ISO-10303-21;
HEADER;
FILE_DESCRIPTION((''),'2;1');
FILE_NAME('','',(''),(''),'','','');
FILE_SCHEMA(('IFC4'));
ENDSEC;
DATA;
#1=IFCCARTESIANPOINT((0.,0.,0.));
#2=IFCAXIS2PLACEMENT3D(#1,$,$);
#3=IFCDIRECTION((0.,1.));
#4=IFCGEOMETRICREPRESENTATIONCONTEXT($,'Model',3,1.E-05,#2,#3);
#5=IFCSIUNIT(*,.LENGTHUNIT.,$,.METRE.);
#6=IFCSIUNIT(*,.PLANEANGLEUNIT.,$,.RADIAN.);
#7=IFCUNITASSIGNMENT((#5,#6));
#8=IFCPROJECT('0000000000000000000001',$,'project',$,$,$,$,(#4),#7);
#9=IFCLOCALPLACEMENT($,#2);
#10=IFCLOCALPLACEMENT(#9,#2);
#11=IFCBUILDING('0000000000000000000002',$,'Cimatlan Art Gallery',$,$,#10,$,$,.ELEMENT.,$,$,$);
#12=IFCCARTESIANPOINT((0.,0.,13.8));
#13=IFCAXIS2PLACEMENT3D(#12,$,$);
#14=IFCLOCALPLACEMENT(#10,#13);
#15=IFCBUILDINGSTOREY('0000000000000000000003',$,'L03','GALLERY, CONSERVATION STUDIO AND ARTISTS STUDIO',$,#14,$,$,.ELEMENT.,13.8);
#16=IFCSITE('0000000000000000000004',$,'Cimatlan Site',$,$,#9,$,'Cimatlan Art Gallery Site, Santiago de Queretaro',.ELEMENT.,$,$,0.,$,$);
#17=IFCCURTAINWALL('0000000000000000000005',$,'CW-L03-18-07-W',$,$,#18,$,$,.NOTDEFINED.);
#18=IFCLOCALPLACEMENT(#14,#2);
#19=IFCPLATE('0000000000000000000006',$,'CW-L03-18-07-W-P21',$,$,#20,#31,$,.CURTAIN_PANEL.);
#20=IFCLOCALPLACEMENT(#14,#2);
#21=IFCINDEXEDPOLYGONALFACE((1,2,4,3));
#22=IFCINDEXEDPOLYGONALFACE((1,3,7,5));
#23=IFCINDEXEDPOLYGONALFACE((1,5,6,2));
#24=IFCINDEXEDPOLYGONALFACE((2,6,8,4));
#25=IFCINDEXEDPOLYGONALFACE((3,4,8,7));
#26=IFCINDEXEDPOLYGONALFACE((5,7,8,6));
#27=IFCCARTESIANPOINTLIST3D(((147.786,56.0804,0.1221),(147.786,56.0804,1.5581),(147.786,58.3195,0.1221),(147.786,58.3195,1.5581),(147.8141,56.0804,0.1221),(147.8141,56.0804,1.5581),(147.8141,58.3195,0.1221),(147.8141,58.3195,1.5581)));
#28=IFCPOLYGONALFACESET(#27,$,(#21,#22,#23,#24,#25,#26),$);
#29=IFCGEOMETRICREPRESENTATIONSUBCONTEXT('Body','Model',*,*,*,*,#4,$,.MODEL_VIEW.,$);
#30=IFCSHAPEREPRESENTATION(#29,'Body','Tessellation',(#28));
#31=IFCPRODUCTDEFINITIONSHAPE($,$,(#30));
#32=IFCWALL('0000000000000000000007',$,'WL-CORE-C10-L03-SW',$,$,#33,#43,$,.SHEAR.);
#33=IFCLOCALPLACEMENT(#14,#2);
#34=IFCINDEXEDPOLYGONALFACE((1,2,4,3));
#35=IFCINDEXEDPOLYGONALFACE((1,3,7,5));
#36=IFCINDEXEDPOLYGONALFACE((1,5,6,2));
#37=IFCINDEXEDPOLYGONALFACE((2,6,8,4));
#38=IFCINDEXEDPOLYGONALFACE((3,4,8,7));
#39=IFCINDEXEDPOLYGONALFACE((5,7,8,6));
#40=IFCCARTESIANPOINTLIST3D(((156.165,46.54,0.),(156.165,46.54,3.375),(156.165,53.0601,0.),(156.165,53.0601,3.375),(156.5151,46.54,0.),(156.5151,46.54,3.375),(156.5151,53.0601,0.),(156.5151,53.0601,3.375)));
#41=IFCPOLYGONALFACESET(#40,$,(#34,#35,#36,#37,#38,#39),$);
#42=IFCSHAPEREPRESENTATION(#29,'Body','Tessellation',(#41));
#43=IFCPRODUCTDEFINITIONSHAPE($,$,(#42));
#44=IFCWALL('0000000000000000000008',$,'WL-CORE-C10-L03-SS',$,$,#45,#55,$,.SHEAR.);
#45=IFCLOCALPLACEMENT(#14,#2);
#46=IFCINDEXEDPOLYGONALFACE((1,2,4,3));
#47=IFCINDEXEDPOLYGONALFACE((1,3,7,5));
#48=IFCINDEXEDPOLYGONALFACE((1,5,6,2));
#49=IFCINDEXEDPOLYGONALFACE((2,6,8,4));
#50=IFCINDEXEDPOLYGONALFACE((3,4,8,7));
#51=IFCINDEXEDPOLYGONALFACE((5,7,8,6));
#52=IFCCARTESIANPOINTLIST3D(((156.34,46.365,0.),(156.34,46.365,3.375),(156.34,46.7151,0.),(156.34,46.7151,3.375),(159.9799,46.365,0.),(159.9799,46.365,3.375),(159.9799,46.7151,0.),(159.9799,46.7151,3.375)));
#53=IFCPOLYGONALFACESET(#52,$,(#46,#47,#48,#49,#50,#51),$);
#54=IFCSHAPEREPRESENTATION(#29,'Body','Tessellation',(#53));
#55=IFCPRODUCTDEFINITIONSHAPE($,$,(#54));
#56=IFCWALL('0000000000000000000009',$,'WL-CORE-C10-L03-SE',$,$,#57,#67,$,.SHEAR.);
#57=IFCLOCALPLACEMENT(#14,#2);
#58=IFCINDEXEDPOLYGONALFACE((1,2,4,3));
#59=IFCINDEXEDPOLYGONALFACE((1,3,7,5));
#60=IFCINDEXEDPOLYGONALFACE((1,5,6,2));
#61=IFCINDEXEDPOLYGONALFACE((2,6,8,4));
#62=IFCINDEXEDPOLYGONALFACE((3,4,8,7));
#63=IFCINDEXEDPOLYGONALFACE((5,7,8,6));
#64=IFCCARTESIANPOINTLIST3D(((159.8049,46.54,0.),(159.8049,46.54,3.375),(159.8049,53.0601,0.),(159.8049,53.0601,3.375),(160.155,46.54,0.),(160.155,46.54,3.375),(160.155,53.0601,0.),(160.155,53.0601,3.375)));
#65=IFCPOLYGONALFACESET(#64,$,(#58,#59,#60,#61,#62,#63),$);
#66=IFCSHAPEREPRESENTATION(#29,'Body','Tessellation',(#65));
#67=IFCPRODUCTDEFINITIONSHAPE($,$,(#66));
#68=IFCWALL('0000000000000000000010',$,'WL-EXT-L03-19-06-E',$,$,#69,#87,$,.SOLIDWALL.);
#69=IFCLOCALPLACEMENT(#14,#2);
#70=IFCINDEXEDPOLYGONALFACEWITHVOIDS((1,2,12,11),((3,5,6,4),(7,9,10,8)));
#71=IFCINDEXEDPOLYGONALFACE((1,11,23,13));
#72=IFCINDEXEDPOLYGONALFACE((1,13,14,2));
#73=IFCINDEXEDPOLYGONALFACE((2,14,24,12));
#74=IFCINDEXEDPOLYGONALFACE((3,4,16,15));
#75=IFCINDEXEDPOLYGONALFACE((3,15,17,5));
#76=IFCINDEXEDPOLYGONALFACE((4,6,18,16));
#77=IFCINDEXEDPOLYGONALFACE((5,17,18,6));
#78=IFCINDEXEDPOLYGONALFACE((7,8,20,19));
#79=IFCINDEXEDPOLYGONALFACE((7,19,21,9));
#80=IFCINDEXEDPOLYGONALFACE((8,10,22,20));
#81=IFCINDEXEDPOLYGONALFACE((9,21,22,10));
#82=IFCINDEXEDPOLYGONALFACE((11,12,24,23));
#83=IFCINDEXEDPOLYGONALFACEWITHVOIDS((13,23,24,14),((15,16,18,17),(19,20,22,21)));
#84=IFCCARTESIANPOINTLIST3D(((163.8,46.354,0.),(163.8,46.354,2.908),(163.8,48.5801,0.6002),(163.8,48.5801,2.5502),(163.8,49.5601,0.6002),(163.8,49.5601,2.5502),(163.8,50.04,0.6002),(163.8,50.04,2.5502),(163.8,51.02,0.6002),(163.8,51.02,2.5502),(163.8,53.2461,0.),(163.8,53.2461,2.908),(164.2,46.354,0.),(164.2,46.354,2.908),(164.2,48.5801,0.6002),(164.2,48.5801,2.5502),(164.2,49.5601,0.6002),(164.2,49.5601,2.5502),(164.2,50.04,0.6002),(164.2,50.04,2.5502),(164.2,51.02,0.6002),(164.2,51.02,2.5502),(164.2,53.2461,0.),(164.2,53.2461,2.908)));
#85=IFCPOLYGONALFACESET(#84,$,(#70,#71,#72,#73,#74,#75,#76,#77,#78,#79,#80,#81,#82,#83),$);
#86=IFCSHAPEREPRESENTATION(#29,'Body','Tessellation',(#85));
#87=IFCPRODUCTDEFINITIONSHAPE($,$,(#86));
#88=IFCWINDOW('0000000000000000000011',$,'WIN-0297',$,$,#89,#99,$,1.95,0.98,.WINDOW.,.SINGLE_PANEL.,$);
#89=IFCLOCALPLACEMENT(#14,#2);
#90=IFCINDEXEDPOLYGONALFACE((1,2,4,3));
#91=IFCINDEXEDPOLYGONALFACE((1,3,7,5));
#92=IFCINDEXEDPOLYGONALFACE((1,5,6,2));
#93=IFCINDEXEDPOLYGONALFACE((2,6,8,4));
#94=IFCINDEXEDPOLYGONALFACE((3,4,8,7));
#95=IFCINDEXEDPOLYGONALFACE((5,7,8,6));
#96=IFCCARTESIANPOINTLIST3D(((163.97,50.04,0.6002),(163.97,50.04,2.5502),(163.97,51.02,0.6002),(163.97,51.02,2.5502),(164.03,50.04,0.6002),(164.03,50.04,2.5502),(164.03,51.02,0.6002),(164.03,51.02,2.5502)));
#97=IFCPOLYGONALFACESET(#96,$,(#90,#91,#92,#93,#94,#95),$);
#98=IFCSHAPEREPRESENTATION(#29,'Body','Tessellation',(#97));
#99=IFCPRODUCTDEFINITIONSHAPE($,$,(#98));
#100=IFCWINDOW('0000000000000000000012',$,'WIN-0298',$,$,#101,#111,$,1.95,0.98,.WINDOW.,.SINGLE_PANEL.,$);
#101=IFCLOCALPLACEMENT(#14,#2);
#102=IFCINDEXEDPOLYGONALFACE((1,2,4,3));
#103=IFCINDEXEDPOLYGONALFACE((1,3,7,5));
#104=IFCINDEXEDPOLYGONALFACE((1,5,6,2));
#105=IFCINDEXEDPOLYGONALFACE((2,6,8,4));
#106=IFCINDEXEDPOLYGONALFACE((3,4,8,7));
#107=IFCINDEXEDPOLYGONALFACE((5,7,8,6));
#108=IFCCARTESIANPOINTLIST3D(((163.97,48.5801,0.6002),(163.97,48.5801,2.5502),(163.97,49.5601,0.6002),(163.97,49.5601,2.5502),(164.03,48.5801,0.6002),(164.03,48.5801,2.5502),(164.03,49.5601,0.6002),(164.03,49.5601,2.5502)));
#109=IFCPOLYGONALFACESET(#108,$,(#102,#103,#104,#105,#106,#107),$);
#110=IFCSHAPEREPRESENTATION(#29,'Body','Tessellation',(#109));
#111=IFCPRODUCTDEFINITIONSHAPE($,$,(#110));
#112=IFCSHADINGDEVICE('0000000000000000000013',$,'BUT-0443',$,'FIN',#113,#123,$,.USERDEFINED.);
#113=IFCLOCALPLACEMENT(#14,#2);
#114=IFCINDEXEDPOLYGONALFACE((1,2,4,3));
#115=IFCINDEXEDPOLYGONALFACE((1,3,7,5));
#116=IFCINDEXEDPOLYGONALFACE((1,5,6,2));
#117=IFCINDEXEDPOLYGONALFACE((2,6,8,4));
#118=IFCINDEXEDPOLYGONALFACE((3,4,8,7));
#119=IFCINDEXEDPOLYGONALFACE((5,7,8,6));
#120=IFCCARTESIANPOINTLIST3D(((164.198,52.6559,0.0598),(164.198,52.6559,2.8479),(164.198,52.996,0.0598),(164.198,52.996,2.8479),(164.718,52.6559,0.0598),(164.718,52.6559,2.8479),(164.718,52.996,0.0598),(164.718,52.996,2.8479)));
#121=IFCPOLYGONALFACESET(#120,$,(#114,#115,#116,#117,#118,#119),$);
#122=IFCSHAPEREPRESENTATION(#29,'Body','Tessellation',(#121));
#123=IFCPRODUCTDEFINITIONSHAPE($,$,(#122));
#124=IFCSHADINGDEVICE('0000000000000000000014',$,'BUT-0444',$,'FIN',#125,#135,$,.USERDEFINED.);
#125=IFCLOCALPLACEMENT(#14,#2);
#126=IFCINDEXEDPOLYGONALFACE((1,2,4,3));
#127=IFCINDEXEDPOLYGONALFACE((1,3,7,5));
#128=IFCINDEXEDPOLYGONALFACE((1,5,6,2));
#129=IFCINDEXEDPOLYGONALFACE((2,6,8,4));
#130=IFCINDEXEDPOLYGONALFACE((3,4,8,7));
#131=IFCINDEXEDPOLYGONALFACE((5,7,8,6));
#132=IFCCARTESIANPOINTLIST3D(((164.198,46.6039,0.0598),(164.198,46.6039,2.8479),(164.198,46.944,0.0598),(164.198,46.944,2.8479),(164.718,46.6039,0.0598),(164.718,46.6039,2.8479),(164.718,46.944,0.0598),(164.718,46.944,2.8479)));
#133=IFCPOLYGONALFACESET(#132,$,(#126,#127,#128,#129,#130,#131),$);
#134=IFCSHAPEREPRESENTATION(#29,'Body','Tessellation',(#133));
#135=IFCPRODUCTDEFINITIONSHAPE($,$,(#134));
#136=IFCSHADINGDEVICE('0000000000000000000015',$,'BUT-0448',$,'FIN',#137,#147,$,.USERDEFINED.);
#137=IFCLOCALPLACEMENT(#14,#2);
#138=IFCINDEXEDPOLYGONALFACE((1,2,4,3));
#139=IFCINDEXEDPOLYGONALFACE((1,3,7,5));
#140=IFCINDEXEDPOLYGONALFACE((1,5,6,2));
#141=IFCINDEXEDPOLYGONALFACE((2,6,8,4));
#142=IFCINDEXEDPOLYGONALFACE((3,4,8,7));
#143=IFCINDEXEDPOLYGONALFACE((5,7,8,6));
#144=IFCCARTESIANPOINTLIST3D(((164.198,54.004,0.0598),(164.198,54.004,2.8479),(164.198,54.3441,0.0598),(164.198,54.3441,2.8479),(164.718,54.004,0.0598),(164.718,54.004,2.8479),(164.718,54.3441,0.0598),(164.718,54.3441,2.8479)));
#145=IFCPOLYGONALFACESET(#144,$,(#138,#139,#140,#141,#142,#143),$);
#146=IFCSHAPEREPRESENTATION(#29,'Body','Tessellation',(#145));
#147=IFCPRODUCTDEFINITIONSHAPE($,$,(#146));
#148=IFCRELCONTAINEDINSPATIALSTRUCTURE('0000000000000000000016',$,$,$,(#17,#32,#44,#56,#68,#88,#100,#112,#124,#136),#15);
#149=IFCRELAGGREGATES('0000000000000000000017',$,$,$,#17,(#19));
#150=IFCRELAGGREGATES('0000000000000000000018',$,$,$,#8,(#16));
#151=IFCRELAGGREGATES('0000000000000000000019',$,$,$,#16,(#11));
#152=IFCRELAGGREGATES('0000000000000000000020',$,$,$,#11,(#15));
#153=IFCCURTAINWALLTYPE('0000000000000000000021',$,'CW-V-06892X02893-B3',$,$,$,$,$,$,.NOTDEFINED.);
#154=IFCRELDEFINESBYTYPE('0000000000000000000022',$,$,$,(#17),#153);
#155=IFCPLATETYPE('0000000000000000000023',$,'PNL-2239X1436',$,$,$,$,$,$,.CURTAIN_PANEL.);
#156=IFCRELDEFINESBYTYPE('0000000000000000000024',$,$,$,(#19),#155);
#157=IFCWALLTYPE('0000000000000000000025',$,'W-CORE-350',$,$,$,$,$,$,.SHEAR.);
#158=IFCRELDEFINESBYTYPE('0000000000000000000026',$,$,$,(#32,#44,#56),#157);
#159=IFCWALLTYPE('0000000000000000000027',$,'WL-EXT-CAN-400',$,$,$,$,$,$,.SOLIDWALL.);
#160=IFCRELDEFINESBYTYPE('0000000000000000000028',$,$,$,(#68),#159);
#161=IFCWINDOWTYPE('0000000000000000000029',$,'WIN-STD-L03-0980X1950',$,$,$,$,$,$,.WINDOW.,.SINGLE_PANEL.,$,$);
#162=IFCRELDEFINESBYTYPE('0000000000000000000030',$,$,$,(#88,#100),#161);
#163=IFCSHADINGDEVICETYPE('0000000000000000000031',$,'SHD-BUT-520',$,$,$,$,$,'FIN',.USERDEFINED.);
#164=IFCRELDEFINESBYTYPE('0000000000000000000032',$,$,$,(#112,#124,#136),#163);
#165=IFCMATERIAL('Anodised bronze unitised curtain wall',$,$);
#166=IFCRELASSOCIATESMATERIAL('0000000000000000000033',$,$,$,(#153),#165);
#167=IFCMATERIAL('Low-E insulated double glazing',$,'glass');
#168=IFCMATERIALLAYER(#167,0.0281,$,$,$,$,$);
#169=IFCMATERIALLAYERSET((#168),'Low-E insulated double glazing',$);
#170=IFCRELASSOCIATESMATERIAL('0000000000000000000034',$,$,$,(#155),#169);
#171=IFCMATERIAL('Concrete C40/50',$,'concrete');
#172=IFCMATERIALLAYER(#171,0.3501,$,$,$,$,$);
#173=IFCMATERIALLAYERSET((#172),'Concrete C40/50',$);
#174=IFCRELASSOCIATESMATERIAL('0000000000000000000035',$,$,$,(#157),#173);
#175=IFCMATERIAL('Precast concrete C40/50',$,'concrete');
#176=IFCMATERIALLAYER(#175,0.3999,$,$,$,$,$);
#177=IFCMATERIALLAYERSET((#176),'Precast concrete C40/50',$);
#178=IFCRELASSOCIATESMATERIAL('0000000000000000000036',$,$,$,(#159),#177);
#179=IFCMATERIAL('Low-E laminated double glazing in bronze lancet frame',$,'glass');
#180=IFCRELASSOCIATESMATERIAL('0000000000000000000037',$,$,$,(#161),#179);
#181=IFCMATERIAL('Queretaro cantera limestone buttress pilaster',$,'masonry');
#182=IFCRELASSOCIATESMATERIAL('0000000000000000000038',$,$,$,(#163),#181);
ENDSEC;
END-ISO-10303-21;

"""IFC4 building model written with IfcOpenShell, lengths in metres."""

from ifc_helpers import new_model, si_unit, direction, frame, frame_2d, origin, origin_2d, place, context, subcontext, project, spatial, rectangle, extrude, material, layer, layer_set, type_object, element, fill, aggregate, save


model = new_model("IFC4")

# Units and contexts
model_context = context("Model", 3, precision=1e-05, world=origin(), true_north=direction((0.0, 1.0)))
body_context = subcontext(model_context, "Body", "Model", "MODEL_VIEW")
ifc_project = project(units=[si_unit("LENGTHUNIT", "METRE"), si_unit("PLANEANGLEUNIT", "RADIAN")], contexts=[model_context])

# Site, building, storey
site_placement = place(None, origin())
site = spatial("IfcSite", under=ifc_project, at=site_placement, Name="Cimatlan Site", LongName="Cimatlan Art Gallery Site, Santiago de Queretaro", CompositionType="ELEMENT", RefElevation=0.0)
building_placement = place(site_placement, origin())
building = spatial("IfcBuilding", under=site, at=building_placement, Name="Cimatlan Art Gallery", CompositionType="ELEMENT")
storey_placement = place(building_placement, frame((0.0, 0.0, 13.8)))
storey = spatial("IfcBuildingStorey", under=building, at=storey_placement, Name="L03", Description="GALLERY, CONSERVATION STUDIO AND ARTISTS STUDIO", CompositionType="ELEMENT", Elevation=13.8)

# Curtain wall, plate
ifc_material_1 = material(Name="Anodised bronze unitised curtain wall")
curtain_wall_type = type_object("IfcCurtainWallType", Name="CW-V-06892X02893-B3", PredefinedType="NOTDEFINED", material=ifc_material_1)
curtain_wall_placement = place(storey_placement, origin())
curtain_wall = element("IfcCurtainWall", 1, at=curtain_wall_placement, inside=storey, type_object=curtain_wall_type, Name="CW-L03-18-07-W", PredefinedType="NOTDEFINED")
ifc_material_2 = material(Name="Low-E insulated double glazing", Category="glass")
ifc_layer_1 = layer(ifc_material_2, 0.0281)
ifc_layer_set_1 = layer_set([ifc_layer_1], Name="Low-E insulated double glazing")
plate_type_1 = type_object("IfcPlateType", Name="PNL-2239X1436", PredefinedType="CURTAIN_PANEL", material=ifc_layer_set_1)
plate_1_placement = place(storey_placement, frame((147.8, 57.2, 0.1221), z_axis=(0.0, 0.0, 1.0), x_axis=(0.0, 1.0, 0.0)))
plate_1 = element("IfcPlate", 2, at=plate_1_placement, type_object=plate_type_1, Name="CW-L03-18-07-W-P21", PredefinedType="CURTAIN_PANEL", context=body_context, shape_type="SweptSolid", body=[
    extrude(rectangle(XDim=2.239, YDim=0.0281, at=origin_2d()), origin(), (0.0, 0.0, 1.0), 1.436),
])
aggregate(curtain_wall, [plate_1])

# Walls
ifc_material_3 = material(Name="Concrete C40/50", Category="concrete")
ifc_layer_2 = layer(ifc_material_3, 0.3501)
ifc_layer_set_2 = layer_set([ifc_layer_2], Name="Concrete C40/50")
wall_type_1 = type_object("IfcWallType", Name="W-CORE-350", PredefinedType="SHEAR", material=ifc_layer_set_2)
wall_1_placement = place(storey_placement, frame((156.3401, 46.54, 0.0), z_axis=(0.0, 0.0, 1.0), x_axis=(0.0, 1.0, 0.0)))
element("IfcWall", 3, at=wall_1_placement, inside=storey, type_object=wall_type_1, Name="WL-CORE-C10-L03-SW", PredefinedType="SHEAR", context=body_context, shape_type="SweptSolid", body=[
    extrude(rectangle(XDim=6.52, YDim=0.3501, at=frame_2d((3.26, 0.0))), origin(), (0.0, 0.0, 1.0), 3.375),
])
wall_2_placement = place(storey_placement, frame((156.3401, 46.54, 0.0), z_axis=(0.0, 0.0, 1.0), x_axis=(1.0, 0.0, 0.0)))
element("IfcWall", 4, at=wall_2_placement, inside=storey, type_object=wall_type_1, Name="WL-CORE-C10-L03-SS", PredefinedType="SHEAR", context=body_context, shape_type="SweptSolid", body=[
    extrude(rectangle(XDim=3.6399, YDim=0.3501, at=frame_2d((1.8198, 0.0))), origin(), (0.0, 0.0, 1.0), 3.375),
])
wall_3_placement = place(storey_placement, frame((159.98, 46.54, 0.0), z_axis=(0.0, 0.0, 1.0), x_axis=(0.0, 1.0, 0.0)))
element("IfcWall", 5, at=wall_3_placement, inside=storey, type_object=wall_type_1, Name="WL-CORE-C10-L03-SE", PredefinedType="SHEAR", context=body_context, shape_type="SweptSolid", body=[
    extrude(rectangle(XDim=6.52, YDim=0.3501, at=frame_2d((3.26, 0.0))), origin(), (0.0, 0.0, 1.0), 3.375),
])

# Wall, openings, windows
ifc_material_4 = material(Name="Precast concrete C40/50", Category="concrete")
ifc_layer_3 = layer(ifc_material_4, 0.3999)
ifc_layer_set_3 = layer_set([ifc_layer_3], Name="Precast concrete C40/50")
wall_type_2 = type_object("IfcWallType", Name="WL-EXT-CAN-400", PredefinedType="SOLIDWALL", material=ifc_layer_set_3)
wall_4_placement = place(storey_placement, frame((164.0, 53.2461, 0.0), z_axis=(0.0, 0.0, 1.0), x_axis=(0.0, -1.0, 0.0)))
wall_4 = element("IfcWall", 6, at=wall_4_placement, inside=storey, type_object=wall_type_2, Name="WL-EXT-L03-19-06-E", PredefinedType="SOLIDWALL", context=body_context, shape_type="SweptSolid", body=[
    extrude(rectangle(XDim=6.8921, YDim=0.3999, at=frame_2d((3.446, 0.0))), origin(), (0.0, 0.0, 1.0), 2.908),
])
opening_1_placement = place(wall_4_placement, frame((2.2261, 0.0, 0.6001)))
opening_1 = element("IfcOpeningElement", 7, at=opening_1_placement, cuts=wall_4, PredefinedType="OPENING", context=body_context, shape_type="SweptSolid", body=[
    extrude(rectangle(XDim=0.98, YDim=1.95, at=frame_2d((0.49, 0.9751))), frame((0.0, 0.21, 0.0), z_axis=(0.0, -1.0, 0.0), x_axis=(1.0, 0.0, 0.0)), (0.0, 0.0, 1.0), 0.4199),
])
opening_2_placement = place(wall_4_placement, frame((3.686, 0.0, 0.6001)))
opening_2 = element("IfcOpeningElement", 8, at=opening_2_placement, cuts=wall_4, PredefinedType="OPENING", context=body_context, shape_type="SweptSolid", body=[
    extrude(rectangle(XDim=0.98, YDim=1.95, at=frame_2d((0.49, 0.9751))), frame((0.0, 0.21, 0.0), z_axis=(0.0, -1.0, 0.0), x_axis=(1.0, 0.0, 0.0)), (0.0, 0.0, 1.0), 0.4199),
])
ifc_material_5 = material(Name="Low-E laminated double glazing in bronze lancet frame", Category="glass")
window_type = type_object("IfcWindowType", Name="WIN-STD-L03-0980X1950", PartitioningType="SINGLE_PANEL", PredefinedType="WINDOW", material=ifc_material_5)
window_1_placement = place(opening_1_placement, origin())
window_1 = element("IfcWindow", 9, at=window_1_placement, inside=storey, type_object=window_type, Name="WIN-0297", OverallHeight=1.95, OverallWidth=0.98, PartitioningType="SINGLE_PANEL", PredefinedType="WINDOW", context=body_context, shape_type="SweptSolid", body=[
    extrude(rectangle(XDim=0.98, YDim=1.95, at=frame_2d((0.49, 0.9751))), frame((0.0, 0.03, 0.0), z_axis=(0.0, -1.0, 0.0), x_axis=(1.0, 0.0, 0.0)), (0.0, 0.0, 1.0), 0.0601),
])
fill(opening_1, window_1)
window_2_placement = place(opening_2_placement, origin())
window_2 = element("IfcWindow", 10, at=window_2_placement, inside=storey, type_object=window_type, Name="WIN-0298", OverallHeight=1.95, OverallWidth=0.98, PartitioningType="SINGLE_PANEL", PredefinedType="WINDOW", context=body_context, shape_type="SweptSolid", body=[
    extrude(rectangle(XDim=0.98, YDim=1.95, at=frame_2d((0.49, 0.9751))), frame((0.0, 0.03, 0.0), z_axis=(0.0, -1.0, 0.0), x_axis=(1.0, 0.0, 0.0)), (0.0, 0.0, 1.0), 0.0601),
])
fill(opening_2, window_2)

# Shading devices
ifc_material_6 = material(Name="Queretaro cantera limestone buttress pilaster", Category="masonry")
shading_device_type = type_object("IfcShadingDeviceType", Name="SHD-BUT-520", ElementType="FIN", PredefinedType="USERDEFINED", material=ifc_material_6)
for number, where, z_axis, x_axis, name in (
    (11, (164.458, 52.8259, 0.0598), (0.0, 0.0, 1.0), (0.0, -1.0, 0.0), "BUT-0443"),
    (12, (164.458, 46.7739, 0.0598), (0.0, 0.0, 1.0), (0.0, -1.0, 0.0), "BUT-0444"),
    (13, (164.458, 54.1741, 0.0598), (0.0, 0.0, 1.0), (0.0, -1.0, 0.0), "BUT-0448"),
):
    element("IfcShadingDevice", number, at=place(storey_placement, frame(where, z_axis=z_axis, x_axis=x_axis)), inside=storey, type_object=shading_device_type, Name=name, ObjectType="FIN", PredefinedType="USERDEFINED", context=body_context, shape_type="SweptSolid", body=[
        extrude(rectangle(XDim=0.3401, YDim=0.52, at=origin_2d()), origin(), (0.0, 0.0, 1.0), 2.7881),
    ])

save(model, "model.ifc")
